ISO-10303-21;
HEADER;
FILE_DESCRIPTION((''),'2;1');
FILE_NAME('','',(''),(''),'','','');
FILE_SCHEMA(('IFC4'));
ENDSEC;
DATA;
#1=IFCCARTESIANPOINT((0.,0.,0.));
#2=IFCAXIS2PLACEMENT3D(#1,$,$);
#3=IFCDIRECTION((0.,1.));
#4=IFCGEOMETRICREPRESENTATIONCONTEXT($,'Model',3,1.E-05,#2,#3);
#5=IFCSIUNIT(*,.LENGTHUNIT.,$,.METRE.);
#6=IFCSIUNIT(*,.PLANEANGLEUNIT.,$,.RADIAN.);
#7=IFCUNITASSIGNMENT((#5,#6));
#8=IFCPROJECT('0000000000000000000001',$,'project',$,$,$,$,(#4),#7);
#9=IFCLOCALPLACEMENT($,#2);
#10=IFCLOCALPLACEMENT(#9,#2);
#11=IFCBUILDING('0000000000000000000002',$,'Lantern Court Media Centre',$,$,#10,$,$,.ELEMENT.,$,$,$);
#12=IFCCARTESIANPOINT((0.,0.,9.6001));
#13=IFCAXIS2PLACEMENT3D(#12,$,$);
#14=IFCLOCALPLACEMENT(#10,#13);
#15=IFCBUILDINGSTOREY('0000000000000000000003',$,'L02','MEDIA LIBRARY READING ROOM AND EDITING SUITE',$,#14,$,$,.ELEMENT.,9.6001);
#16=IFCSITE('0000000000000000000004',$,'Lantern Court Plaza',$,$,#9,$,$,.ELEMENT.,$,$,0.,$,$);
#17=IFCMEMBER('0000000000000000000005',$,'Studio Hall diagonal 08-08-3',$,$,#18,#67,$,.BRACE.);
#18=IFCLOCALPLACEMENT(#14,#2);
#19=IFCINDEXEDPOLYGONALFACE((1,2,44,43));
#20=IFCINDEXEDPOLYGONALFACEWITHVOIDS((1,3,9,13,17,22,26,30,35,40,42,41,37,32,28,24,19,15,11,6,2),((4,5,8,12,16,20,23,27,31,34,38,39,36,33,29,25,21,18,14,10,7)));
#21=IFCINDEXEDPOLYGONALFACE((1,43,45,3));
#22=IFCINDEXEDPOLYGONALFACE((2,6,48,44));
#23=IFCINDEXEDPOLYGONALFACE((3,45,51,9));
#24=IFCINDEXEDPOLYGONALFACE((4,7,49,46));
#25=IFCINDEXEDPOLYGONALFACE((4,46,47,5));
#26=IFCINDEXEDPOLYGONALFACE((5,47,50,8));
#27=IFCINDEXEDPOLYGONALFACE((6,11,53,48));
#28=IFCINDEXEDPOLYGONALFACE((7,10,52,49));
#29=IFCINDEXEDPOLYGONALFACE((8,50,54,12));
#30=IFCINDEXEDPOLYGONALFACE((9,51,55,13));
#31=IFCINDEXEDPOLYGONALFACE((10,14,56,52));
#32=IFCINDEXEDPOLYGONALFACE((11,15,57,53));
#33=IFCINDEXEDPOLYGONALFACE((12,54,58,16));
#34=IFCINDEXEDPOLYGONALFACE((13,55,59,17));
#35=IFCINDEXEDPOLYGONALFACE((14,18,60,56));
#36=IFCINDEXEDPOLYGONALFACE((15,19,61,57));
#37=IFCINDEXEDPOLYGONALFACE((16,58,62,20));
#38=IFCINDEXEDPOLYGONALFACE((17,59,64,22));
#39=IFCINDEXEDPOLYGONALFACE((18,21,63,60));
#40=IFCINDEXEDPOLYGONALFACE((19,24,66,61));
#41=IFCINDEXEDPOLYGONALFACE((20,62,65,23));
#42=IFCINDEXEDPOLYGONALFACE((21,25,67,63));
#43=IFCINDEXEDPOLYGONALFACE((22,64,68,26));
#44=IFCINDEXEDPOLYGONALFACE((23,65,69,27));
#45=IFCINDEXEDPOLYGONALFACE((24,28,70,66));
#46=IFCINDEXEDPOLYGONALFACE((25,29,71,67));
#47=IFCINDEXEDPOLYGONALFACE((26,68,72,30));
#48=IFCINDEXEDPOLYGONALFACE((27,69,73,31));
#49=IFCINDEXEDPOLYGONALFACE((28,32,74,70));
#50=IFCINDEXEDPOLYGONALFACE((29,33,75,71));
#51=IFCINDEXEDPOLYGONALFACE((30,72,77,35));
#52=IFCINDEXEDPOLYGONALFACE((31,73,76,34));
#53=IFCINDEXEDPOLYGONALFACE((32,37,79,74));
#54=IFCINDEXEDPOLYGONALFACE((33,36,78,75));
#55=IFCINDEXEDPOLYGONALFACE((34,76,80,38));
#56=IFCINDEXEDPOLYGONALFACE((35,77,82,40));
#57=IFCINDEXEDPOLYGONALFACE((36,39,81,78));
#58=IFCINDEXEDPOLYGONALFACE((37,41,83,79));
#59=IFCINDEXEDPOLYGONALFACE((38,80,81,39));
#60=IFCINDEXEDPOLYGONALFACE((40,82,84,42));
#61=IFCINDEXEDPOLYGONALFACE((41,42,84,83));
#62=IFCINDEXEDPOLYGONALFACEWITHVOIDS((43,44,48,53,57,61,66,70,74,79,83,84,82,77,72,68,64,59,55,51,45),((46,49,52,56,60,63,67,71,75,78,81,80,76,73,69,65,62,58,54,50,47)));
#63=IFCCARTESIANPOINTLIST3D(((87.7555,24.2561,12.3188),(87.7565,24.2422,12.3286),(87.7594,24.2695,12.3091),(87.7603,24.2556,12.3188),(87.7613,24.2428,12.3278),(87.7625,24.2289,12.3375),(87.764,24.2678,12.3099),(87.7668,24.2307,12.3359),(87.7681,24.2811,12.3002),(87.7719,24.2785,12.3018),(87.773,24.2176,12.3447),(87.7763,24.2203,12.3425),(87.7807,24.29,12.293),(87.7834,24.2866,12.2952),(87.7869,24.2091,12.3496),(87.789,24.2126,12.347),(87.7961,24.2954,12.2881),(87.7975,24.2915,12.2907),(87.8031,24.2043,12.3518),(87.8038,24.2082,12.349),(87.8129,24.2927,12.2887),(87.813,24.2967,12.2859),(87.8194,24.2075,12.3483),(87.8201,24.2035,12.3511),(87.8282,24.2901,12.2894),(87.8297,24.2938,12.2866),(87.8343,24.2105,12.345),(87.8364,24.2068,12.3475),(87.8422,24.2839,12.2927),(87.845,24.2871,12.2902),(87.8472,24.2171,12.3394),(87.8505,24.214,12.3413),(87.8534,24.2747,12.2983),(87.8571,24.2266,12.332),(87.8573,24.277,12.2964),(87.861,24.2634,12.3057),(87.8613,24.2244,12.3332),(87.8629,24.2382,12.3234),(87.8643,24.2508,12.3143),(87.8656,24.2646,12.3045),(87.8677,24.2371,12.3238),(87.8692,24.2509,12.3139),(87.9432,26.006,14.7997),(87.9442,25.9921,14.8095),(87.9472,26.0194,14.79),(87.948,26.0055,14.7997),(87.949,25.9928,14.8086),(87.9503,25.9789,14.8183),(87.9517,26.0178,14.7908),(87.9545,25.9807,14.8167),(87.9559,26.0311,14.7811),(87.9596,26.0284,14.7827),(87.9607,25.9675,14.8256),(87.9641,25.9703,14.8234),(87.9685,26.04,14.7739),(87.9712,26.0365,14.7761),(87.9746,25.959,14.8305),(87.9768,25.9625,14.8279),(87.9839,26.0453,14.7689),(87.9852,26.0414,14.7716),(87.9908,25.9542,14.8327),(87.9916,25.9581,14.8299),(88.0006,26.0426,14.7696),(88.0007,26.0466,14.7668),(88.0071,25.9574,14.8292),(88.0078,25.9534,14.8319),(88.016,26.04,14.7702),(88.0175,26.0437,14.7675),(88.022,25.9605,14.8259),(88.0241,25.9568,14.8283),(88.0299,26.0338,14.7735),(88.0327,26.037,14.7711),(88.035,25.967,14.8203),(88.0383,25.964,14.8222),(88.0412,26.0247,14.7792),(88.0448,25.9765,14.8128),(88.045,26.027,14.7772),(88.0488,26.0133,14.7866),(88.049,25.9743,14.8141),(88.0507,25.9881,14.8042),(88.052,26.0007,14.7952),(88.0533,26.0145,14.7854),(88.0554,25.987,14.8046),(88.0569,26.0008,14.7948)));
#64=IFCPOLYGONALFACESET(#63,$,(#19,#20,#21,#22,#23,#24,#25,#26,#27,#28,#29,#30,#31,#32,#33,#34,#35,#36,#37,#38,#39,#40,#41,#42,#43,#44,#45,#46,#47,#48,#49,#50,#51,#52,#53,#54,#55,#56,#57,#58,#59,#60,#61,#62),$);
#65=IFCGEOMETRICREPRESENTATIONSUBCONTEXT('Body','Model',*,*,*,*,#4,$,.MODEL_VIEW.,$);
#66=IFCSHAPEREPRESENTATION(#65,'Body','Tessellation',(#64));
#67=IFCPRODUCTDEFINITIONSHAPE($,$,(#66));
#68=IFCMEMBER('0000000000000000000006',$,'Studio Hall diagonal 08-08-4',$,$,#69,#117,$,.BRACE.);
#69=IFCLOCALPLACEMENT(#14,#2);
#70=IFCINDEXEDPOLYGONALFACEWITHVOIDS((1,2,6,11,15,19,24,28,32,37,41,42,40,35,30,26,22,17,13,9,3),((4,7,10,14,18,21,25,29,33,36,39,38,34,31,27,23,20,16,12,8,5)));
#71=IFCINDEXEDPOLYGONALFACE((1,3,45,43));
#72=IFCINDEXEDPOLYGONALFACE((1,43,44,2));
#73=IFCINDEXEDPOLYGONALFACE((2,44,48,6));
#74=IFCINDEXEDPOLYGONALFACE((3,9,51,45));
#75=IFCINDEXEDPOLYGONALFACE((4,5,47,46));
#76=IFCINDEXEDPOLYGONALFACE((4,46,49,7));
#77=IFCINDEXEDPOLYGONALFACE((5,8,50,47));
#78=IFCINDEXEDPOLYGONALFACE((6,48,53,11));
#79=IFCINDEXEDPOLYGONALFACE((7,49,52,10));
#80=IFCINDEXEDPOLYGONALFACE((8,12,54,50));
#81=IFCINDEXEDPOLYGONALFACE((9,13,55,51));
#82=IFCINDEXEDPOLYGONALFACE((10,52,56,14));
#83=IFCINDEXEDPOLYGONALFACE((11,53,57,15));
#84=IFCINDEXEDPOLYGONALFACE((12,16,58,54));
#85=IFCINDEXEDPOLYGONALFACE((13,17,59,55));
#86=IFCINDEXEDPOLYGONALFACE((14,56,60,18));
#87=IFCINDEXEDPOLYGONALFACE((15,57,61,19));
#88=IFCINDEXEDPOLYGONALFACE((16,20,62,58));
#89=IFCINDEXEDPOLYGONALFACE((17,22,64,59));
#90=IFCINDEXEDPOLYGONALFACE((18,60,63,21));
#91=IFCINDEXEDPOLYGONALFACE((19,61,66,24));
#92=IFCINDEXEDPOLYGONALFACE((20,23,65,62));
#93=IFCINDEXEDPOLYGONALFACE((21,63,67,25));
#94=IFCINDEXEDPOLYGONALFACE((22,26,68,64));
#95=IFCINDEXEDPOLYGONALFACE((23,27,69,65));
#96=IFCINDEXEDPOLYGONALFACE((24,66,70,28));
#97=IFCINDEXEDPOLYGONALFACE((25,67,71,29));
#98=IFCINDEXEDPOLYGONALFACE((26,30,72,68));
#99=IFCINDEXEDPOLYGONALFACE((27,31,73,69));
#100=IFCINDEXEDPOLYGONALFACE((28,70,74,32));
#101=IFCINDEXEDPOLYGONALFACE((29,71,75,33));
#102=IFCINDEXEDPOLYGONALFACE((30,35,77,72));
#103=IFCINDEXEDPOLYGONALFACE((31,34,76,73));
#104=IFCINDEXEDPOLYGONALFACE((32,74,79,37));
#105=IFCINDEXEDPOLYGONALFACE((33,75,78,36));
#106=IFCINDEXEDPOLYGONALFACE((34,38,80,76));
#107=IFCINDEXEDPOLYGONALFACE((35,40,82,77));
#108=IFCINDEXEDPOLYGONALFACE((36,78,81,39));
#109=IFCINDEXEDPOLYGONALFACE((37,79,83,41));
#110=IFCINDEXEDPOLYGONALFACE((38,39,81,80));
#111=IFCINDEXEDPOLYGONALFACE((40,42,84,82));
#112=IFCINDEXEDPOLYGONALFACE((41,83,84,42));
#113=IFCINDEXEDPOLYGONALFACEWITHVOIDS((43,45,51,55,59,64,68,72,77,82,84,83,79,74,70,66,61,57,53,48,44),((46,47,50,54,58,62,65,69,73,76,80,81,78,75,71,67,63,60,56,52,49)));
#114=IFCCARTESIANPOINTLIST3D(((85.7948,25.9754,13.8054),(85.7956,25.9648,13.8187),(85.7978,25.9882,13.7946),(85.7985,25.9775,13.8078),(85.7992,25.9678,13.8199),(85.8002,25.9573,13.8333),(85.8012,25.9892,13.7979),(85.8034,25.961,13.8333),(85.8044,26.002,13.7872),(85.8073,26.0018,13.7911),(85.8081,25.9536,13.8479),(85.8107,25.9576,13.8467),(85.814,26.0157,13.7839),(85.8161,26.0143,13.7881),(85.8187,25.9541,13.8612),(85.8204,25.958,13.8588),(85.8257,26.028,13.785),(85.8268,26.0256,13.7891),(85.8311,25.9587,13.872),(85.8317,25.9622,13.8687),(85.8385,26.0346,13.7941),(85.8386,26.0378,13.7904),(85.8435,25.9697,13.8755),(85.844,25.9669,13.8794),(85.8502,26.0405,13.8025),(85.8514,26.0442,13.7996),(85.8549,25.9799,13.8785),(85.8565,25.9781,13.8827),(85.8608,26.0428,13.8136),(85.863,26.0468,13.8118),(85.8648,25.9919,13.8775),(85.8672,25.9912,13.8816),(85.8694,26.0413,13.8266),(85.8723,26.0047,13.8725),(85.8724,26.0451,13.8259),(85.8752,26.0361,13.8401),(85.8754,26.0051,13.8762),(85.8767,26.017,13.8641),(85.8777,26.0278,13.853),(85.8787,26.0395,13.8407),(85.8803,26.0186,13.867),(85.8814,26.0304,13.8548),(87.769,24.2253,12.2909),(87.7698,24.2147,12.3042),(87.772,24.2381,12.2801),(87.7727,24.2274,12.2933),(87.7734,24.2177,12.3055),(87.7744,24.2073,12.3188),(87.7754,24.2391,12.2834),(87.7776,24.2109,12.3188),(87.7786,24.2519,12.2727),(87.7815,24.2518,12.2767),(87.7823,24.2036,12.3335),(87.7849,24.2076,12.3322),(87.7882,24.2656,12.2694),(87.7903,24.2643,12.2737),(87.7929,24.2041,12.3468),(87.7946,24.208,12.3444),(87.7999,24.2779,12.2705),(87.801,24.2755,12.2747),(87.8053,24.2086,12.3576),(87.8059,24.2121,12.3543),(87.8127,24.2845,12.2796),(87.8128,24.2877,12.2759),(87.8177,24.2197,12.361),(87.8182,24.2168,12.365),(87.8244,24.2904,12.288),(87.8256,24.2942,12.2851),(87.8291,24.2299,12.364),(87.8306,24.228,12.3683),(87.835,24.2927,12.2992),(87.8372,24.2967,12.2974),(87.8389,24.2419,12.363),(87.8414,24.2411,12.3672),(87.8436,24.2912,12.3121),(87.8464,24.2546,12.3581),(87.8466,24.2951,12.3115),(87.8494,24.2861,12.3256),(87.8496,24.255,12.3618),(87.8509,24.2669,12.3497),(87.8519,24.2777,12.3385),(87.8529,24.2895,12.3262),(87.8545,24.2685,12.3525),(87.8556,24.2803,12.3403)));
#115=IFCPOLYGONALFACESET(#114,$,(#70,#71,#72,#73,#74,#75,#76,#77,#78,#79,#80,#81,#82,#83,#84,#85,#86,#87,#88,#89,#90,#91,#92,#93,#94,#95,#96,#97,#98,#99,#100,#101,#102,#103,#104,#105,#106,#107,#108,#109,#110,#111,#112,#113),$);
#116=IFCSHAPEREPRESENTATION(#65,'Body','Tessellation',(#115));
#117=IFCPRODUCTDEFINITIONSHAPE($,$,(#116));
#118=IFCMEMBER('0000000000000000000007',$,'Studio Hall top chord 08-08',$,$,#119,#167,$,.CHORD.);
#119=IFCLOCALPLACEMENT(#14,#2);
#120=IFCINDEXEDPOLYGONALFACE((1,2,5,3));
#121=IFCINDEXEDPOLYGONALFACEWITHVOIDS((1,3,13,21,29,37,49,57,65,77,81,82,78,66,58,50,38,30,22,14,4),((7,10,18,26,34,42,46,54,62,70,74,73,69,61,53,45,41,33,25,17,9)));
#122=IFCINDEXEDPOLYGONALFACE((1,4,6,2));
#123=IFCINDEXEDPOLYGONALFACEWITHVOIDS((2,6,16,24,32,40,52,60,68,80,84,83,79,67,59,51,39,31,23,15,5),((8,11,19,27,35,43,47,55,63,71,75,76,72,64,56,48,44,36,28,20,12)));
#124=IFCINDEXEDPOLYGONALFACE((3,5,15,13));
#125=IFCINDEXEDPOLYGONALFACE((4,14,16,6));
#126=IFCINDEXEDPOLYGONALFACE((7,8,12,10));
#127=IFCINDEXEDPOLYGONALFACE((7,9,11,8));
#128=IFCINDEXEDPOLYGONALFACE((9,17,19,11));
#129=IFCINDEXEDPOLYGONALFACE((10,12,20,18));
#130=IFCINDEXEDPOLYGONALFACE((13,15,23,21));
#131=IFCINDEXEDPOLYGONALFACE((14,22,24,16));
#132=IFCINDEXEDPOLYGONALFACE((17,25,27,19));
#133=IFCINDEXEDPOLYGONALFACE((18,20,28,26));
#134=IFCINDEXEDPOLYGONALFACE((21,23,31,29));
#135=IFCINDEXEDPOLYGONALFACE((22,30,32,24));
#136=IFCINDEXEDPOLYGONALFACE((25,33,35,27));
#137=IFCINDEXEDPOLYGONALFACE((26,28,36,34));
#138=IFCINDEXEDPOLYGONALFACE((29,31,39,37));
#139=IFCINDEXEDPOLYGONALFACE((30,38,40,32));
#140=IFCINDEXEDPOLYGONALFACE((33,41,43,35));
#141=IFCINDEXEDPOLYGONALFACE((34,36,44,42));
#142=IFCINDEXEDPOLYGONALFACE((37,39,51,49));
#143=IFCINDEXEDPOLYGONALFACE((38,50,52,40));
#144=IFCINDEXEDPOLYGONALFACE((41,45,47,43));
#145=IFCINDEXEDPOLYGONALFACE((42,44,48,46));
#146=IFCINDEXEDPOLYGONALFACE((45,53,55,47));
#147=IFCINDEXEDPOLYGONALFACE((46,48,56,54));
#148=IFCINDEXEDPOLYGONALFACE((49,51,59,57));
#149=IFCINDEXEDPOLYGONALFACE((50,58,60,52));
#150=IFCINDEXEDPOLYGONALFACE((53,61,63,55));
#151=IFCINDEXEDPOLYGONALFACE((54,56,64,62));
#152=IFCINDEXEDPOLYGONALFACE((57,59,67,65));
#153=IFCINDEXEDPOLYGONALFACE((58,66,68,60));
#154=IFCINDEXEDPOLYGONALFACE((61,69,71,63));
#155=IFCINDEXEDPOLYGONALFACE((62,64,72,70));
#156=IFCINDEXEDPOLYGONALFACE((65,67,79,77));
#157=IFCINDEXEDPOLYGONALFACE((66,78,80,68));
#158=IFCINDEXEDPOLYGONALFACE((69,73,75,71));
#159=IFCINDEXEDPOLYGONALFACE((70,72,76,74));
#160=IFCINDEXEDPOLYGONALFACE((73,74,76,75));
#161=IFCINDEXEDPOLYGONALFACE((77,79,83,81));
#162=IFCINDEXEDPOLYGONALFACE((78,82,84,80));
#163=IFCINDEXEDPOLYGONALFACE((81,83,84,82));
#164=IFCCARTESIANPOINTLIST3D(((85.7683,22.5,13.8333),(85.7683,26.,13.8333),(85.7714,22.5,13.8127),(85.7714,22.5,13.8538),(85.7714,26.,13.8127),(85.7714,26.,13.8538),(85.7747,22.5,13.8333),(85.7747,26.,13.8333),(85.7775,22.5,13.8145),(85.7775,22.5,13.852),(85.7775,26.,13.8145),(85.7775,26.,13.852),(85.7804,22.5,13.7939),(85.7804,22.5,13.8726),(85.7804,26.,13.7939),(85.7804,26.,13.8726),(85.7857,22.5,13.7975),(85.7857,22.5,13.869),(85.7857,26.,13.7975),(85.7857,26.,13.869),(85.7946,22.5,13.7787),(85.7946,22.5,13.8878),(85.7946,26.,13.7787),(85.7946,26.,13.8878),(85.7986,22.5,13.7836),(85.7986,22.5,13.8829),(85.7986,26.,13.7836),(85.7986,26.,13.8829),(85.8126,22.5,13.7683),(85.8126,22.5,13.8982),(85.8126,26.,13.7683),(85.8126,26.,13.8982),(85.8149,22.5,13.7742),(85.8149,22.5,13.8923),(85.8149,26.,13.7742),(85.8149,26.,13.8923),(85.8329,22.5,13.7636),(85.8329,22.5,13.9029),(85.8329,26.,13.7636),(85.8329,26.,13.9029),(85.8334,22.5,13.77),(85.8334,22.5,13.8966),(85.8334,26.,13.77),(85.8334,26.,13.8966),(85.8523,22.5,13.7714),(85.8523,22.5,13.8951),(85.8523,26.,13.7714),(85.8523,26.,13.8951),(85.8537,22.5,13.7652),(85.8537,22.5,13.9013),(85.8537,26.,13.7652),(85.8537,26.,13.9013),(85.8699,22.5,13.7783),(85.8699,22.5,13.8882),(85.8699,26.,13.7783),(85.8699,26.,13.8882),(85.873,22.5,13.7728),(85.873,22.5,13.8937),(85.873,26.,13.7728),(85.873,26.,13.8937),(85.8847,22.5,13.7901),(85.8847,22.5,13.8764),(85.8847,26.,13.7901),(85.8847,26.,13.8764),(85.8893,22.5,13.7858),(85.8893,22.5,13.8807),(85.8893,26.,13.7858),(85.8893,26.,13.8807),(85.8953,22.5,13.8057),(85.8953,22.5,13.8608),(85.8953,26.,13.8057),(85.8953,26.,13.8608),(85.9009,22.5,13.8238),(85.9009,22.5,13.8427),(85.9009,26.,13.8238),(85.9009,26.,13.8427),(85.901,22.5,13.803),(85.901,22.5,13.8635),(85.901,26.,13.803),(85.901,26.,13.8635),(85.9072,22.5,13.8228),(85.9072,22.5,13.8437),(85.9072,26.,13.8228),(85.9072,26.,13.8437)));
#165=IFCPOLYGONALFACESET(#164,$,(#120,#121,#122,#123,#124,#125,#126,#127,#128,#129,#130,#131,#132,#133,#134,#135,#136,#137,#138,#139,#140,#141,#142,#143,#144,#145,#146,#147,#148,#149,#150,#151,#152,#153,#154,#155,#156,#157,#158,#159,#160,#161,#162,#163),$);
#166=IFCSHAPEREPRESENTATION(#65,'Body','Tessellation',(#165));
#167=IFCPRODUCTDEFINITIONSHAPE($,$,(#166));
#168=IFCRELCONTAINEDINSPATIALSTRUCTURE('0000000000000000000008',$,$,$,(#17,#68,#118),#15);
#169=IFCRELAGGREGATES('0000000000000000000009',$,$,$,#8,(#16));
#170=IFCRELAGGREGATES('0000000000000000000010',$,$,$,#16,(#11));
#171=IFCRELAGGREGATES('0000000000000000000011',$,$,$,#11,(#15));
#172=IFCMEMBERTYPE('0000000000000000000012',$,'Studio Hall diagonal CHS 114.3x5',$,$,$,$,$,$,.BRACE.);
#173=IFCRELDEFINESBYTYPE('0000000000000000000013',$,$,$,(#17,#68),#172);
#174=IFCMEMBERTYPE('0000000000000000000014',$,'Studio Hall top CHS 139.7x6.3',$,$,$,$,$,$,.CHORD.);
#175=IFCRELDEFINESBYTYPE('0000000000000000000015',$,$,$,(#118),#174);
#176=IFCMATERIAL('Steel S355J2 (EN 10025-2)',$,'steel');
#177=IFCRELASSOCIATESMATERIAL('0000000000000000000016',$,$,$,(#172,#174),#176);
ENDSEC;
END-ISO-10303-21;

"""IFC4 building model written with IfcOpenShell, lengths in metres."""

from ifc_helpers import new_model, si_unit, direction, frame, origin, origin_2d, place, context, subcontext, project, spatial, hollow_circle, extrude, material, material_profile, profile_set, type_object, element, save


model = new_model("IFC4")

# Units and contexts
model_context = context("Model", 3, precision=1e-05, world=origin(), true_north=direction((0.0, 1.0)))
body_context = subcontext(model_context, "Body", "Model", "MODEL_VIEW")
ifc_project = project(units=[si_unit("LENGTHUNIT", "METRE"), si_unit("PLANEANGLEUNIT", "RADIAN")], contexts=[model_context])

# Site, building, storey
site_placement = place(None, origin())
site = spatial("IfcSite", under=ifc_project, at=site_placement, Name="Lantern Court Plaza", CompositionType="ELEMENT", RefElevation=0.0)
building_placement = place(site_placement, origin())
building = spatial("IfcBuilding", under=site, at=building_placement, Name="Lantern Court Media Centre", CompositionType="ELEMENT")
storey_placement = place(building_placement, frame((0.0, 0.0, 9.6001)))
storey = spatial("IfcBuildingStorey", under=building, at=storey_placement, Name="L02", Description="MEDIA LIBRARY READING ROOM AND EDITING SUITE", CompositionType="ELEMENT", Elevation=9.6001)

# Members
ifc_material = material(Name="Steel S355J2 (EN 10025-2)", Category="steel")
ifc_material_profile_1 = material_profile(ifc_material, hollow_circle(Radius=0.0571, WallThickness=0.0049, at=origin_2d()), Name="Studio Hall diagonal CHS 114.3x5")
ifc_profile_set_1 = profile_set([ifc_material_profile_1], Name="Steel S355J2 (EN 10025-2)")
member_type_1 = type_object("IfcMemberType", Name="Studio Hall diagonal CHS 114.3x5", PredefinedType="BRACE", material=ifc_profile_set_1)
for number, where, z_axis, x_axis, name in (
    (1, (87.8123, 24.25, 12.3188), (0.06172, 0.575306, 0.815606), (-0.994294, 0.10667, 0.0), "Studio Hall diagonal 08-08-3"),
):
    element("IfcMember", number, at=place(storey_placement, frame(where, z_axis=z_axis, x_axis=x_axis)), inside=storey, type_object=member_type_1, Name=name, PredefinedType="BRACE", context=body_context, shape_type="SweptSolid", body=[
        extrude(hollow_circle(Radius=0.0571, WallThickness=0.0049, at=origin_2d()), origin(), (0.0, 0.0, 1.0), 3.0417),
    ])
member_1_placement = place(storey_placement, frame((87.8123, 24.25, 12.3188), z_axis=(-0.648979, 0.575301, 0.49785), x_axis=(-0.663352, -0.748307, 0.0)))
element("IfcMember", 2, at=member_1_placement, inside=storey, type_object=member_type_1, Name="Studio Hall diagonal 08-08-4", PredefinedType="BRACE", context=body_context, shape_type="SweptSolid", body=[
    extrude(hollow_circle(Radius=0.0571, WallThickness=0.0049, at=origin_2d()), origin(), (0.0, 0.0, 1.0), 3.042),
])
ifc_material_profile_2 = material_profile(ifc_material, hollow_circle(Radius=0.0698, WallThickness=0.0063, at=origin_2d()), Name="Studio Hall top CHS 139.7x6.3")
ifc_profile_set_2 = profile_set([ifc_material_profile_2], Name="Steel S355J2 (EN 10025-2)")
member_type_2 = type_object("IfcMemberType", Name="Studio Hall top CHS 139.7x6.3", PredefinedType="CHORD", material=ifc_profile_set_2)
for number, where, z_axis, x_axis, name in (
    (3, (85.8381, 22.5, 13.8333), (0.0, 1.0, 0.0), (-1.0, 0.0, 0.0), "Studio Hall top chord 08-08"),
):
    element("IfcMember", number, at=place(storey_placement, frame(where, z_axis=z_axis, x_axis=x_axis)), inside=storey, type_object=member_type_2, Name=name, PredefinedType="CHORD", context=body_context, shape_type="SweptSolid", body=[
        extrude(hollow_circle(Radius=0.0698, WallThickness=0.0063, at=origin_2d()), origin(), (0.0, 0.0, 1.0), 3.5),
    ])

save(model, "model.ifc")
